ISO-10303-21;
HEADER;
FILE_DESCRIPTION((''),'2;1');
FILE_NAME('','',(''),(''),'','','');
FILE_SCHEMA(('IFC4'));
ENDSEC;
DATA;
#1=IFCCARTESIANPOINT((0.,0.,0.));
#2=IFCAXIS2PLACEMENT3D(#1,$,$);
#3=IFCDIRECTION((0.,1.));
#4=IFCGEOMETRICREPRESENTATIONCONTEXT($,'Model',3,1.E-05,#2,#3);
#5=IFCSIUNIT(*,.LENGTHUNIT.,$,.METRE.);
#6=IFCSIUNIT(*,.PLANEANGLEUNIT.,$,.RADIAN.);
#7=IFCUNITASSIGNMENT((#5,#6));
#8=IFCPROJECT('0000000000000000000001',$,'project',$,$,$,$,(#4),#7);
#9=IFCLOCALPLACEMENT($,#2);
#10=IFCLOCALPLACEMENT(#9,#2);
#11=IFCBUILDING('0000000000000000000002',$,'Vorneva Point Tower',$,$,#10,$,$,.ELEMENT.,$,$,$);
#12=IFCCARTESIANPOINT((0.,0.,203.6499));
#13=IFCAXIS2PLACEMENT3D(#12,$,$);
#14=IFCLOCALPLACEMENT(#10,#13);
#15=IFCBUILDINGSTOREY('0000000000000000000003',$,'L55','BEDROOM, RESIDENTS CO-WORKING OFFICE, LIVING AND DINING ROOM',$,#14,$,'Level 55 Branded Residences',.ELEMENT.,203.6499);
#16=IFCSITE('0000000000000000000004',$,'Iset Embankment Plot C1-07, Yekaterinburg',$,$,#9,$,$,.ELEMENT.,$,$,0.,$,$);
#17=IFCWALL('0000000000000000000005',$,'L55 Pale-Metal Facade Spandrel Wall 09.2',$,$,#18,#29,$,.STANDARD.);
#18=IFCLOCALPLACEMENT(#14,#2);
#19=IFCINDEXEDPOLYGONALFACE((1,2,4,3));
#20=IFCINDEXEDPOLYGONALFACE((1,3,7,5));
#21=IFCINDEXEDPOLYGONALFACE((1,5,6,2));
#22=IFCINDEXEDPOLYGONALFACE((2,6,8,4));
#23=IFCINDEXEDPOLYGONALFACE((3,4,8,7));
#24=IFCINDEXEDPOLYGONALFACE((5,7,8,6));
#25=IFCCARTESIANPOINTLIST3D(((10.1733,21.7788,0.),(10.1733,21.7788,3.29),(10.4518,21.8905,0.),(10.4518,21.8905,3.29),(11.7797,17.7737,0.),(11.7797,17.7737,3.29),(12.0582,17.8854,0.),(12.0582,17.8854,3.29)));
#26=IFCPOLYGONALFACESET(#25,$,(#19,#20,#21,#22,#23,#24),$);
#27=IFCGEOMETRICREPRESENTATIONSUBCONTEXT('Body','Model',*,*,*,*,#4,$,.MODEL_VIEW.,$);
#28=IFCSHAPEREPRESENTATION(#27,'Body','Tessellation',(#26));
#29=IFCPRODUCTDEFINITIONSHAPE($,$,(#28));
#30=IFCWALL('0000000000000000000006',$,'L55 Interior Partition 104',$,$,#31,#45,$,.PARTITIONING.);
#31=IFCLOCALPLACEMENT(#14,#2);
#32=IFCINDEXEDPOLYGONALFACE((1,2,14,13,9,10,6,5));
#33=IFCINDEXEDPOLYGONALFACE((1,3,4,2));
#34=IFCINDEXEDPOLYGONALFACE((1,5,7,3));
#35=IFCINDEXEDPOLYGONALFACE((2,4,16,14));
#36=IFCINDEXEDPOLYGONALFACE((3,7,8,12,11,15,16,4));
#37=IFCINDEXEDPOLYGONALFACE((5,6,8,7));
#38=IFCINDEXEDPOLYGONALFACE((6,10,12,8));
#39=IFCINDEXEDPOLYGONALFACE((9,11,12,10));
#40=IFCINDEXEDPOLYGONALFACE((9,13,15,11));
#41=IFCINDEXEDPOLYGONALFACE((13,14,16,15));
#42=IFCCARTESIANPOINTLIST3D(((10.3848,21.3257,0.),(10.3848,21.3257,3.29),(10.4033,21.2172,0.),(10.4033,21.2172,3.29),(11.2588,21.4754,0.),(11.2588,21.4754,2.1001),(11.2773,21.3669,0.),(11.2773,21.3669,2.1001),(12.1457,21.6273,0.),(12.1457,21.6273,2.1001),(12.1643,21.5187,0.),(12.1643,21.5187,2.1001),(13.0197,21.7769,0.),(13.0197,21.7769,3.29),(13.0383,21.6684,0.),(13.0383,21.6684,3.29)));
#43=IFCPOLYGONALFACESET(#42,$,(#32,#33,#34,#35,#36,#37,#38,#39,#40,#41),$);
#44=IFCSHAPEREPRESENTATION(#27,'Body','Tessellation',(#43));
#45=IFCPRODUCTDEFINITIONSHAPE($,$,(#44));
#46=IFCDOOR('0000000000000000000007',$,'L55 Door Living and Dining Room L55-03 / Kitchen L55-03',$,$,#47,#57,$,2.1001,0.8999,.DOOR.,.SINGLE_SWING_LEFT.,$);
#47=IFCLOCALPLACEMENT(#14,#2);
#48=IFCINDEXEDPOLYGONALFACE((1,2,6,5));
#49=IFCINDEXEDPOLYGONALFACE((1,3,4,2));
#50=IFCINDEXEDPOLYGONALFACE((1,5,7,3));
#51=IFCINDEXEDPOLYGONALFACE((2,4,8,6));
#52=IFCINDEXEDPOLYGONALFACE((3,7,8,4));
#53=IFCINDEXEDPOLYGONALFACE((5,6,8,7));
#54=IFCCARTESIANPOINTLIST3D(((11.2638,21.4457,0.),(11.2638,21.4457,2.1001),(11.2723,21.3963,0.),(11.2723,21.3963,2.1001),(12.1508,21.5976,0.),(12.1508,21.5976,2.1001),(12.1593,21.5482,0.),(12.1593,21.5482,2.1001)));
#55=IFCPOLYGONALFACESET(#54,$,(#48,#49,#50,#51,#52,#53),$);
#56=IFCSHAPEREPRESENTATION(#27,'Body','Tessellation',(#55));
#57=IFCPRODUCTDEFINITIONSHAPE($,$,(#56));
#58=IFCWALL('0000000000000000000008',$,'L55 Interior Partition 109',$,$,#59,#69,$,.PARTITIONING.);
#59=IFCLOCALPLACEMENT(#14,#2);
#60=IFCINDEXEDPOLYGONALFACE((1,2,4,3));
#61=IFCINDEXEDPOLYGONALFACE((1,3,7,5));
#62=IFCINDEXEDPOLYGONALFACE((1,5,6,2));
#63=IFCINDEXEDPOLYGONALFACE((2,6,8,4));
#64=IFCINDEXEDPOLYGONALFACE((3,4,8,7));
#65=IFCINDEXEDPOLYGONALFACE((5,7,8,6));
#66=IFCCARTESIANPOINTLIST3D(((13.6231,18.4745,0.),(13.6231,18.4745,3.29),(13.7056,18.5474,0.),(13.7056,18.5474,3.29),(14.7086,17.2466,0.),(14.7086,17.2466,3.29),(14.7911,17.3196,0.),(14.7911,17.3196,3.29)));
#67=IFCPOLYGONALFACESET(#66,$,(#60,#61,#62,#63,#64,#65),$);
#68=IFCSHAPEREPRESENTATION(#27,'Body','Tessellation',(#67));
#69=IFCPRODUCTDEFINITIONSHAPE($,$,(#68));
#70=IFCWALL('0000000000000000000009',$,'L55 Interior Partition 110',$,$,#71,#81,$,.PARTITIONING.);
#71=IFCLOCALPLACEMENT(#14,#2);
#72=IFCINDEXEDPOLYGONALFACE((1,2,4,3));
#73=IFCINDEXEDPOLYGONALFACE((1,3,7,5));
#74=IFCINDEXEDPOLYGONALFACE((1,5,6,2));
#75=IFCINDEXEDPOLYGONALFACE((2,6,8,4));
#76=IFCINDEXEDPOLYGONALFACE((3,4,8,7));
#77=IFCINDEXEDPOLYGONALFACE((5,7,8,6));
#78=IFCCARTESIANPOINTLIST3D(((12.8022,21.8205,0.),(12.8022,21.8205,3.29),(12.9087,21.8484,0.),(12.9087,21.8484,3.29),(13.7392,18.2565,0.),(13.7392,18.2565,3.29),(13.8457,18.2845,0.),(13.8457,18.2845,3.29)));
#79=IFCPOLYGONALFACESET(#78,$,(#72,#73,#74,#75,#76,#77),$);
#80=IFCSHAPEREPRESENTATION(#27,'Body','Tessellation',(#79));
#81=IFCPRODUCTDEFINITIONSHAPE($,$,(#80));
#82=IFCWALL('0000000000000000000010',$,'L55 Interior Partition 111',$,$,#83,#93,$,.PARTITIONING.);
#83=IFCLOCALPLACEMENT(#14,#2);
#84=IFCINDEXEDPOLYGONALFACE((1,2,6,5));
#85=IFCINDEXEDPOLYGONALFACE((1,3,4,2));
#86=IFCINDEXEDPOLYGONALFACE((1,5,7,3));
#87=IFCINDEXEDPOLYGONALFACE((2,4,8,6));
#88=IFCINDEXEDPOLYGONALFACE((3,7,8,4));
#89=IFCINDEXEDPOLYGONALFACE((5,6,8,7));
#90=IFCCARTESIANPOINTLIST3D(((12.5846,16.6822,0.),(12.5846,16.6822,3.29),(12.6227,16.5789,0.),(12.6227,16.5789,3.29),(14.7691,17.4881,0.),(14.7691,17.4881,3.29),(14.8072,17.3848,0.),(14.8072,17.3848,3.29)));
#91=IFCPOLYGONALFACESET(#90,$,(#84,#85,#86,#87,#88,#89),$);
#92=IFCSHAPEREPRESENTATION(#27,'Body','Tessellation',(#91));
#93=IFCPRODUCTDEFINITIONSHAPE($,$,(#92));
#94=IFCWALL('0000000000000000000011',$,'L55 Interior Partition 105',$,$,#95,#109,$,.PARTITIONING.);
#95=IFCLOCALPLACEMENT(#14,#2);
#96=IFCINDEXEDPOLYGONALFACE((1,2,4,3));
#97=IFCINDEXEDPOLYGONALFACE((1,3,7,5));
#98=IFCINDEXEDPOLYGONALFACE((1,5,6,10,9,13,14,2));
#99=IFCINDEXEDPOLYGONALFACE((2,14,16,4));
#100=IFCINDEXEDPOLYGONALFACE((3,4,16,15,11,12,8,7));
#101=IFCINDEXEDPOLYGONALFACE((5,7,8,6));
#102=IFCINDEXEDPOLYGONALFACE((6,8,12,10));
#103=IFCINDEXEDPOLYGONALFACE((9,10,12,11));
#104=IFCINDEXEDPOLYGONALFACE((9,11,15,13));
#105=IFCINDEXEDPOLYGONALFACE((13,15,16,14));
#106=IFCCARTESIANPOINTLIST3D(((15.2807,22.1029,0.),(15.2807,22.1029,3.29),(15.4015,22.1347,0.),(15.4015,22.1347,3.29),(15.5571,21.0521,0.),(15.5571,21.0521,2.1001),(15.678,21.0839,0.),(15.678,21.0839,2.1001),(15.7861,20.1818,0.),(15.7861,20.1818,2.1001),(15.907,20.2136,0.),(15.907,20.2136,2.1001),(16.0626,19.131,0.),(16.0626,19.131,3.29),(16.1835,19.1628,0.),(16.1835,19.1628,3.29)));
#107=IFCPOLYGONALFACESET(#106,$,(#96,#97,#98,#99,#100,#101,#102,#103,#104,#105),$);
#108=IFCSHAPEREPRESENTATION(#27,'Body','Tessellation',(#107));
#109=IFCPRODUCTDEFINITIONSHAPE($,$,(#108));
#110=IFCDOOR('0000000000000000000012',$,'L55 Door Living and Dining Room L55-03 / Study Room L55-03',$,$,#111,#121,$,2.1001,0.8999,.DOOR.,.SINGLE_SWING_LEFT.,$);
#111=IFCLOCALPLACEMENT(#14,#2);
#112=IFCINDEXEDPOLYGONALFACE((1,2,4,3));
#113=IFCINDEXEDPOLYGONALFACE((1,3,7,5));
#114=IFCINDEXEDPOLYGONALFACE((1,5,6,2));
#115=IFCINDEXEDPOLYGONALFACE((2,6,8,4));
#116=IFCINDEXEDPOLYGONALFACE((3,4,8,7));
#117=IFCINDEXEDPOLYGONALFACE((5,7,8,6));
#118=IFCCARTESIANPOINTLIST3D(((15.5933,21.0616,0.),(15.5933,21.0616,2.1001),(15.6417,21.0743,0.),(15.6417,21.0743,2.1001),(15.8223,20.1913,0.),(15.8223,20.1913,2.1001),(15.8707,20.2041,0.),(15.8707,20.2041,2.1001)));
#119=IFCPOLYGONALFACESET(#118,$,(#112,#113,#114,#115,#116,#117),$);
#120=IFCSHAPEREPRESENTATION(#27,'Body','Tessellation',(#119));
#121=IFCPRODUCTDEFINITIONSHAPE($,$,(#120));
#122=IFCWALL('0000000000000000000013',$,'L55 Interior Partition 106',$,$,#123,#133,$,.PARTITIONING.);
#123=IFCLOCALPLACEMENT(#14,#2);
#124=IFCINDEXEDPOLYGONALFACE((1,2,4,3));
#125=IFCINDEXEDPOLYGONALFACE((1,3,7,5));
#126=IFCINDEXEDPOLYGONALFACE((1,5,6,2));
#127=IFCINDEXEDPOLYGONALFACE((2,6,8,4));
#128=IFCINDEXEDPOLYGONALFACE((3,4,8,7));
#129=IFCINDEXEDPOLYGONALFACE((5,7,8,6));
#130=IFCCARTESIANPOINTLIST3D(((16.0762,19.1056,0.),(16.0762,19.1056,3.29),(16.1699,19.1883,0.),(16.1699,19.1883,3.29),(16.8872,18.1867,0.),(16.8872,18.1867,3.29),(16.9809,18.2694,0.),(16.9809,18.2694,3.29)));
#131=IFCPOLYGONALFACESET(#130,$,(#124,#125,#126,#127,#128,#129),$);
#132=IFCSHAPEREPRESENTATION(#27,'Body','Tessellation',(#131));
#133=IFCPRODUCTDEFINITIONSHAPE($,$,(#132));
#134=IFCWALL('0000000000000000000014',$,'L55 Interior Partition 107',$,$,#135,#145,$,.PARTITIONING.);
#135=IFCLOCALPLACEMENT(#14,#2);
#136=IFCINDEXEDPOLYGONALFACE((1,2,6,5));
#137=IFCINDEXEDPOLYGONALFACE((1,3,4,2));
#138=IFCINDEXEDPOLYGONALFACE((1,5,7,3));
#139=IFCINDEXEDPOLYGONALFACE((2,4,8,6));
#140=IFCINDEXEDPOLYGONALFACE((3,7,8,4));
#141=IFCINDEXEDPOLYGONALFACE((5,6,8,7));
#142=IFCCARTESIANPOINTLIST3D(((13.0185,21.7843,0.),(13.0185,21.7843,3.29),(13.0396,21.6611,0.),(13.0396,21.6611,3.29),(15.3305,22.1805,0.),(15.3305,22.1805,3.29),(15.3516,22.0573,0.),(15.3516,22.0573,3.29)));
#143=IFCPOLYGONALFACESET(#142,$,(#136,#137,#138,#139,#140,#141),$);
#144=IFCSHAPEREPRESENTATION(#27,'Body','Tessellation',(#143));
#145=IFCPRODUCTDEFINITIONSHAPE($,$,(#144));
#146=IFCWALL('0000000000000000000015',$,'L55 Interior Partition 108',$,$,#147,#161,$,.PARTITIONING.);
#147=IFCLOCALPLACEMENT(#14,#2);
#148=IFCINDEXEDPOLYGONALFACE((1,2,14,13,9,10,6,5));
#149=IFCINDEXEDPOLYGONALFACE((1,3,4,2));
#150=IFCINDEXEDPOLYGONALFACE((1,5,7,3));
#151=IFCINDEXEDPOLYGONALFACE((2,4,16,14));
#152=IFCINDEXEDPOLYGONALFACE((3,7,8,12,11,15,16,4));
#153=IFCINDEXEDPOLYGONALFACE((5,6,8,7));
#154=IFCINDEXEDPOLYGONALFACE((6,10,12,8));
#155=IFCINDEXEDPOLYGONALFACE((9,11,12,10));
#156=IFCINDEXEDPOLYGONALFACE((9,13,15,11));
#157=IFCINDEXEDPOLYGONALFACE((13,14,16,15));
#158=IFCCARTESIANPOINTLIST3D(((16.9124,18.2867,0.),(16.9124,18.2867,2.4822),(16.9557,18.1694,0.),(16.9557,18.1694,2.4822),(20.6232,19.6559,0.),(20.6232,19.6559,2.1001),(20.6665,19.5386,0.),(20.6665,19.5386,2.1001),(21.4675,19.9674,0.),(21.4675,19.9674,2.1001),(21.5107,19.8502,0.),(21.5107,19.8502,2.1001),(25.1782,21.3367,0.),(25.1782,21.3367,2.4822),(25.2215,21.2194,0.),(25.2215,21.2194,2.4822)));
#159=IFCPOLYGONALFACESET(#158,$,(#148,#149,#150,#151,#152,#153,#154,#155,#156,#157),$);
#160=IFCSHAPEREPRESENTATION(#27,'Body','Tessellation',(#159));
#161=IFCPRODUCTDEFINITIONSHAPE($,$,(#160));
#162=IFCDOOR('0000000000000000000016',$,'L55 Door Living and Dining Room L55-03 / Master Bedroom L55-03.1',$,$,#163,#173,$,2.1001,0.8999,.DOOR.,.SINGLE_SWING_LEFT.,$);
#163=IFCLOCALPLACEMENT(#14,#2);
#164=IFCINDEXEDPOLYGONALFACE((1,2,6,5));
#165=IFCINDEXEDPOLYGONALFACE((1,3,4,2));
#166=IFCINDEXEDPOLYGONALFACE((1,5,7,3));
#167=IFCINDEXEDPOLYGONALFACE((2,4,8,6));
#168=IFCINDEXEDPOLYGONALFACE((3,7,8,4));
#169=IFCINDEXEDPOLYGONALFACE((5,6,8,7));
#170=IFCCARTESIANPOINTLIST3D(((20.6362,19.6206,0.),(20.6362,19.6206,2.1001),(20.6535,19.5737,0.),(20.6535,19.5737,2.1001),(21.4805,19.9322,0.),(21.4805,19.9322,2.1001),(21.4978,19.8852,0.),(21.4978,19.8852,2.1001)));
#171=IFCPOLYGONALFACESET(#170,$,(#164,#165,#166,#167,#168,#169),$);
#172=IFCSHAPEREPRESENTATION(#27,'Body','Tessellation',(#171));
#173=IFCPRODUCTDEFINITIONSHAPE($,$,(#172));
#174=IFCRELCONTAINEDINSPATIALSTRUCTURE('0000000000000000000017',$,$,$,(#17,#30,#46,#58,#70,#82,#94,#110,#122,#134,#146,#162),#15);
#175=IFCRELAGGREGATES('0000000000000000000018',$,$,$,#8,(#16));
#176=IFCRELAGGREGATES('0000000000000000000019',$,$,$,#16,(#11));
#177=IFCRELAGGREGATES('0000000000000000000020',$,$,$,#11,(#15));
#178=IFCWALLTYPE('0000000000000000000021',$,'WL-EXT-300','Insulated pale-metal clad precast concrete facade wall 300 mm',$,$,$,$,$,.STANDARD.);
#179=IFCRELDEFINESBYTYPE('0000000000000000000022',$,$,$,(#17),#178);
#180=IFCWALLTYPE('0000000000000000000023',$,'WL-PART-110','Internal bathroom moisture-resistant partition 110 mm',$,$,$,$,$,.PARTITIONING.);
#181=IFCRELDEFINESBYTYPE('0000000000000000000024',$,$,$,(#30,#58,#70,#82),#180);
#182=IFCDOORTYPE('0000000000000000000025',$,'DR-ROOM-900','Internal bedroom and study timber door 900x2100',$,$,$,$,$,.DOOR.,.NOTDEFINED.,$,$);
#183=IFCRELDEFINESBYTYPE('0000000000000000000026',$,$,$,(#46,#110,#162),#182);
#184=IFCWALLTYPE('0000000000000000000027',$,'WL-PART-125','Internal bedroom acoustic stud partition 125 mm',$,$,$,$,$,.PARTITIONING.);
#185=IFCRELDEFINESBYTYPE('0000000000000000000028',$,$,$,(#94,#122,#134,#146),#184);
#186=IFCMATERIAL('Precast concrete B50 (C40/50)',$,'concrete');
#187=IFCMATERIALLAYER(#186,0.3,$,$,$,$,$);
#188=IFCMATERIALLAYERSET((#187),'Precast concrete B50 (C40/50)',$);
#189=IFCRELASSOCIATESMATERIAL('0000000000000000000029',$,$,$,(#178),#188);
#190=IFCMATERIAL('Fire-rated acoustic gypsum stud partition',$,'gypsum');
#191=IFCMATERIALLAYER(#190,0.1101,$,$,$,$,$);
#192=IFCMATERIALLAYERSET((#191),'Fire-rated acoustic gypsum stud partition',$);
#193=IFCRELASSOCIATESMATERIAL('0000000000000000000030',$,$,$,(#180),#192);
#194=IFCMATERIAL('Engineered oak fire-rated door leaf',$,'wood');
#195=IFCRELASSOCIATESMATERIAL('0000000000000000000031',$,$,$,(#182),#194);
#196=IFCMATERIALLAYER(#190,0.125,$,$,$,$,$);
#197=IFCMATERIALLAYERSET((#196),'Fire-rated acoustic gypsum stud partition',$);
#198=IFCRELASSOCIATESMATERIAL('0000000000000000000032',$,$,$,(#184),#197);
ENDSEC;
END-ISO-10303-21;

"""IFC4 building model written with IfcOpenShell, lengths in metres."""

from ifc_helpers import new_model, si_unit, direction, frame, frame_2d, origin, place, context, subcontext, project, spatial, rectangle, extrude, material, layer, layer_set, type_object, element, fill, save


model = new_model("IFC4")

# Units and contexts
model_context = context("Model", 3, precision=1e-05, world=origin(), true_north=direction((0.0, 1.0)))
body_context = subcontext(model_context, "Body", "Model", "MODEL_VIEW")
ifc_project = project(units=[si_unit("LENGTHUNIT", "METRE"), si_unit("PLANEANGLEUNIT", "RADIAN")], contexts=[model_context])

# Site, building, storey
site_placement = place(None, origin())
site = spatial("IfcSite", under=ifc_project, at=site_placement, Name="Iset Embankment Plot C1-07, Yekaterinburg", CompositionType="ELEMENT", RefElevation=0.0)
building_placement = place(site_placement, origin())
building = spatial("IfcBuilding", under=site, at=building_placement, Name="Vorneva Point Tower", CompositionType="ELEMENT")
storey_placement = place(building_placement, frame((0.0, 0.0, 203.6499)))
storey = spatial("IfcBuildingStorey", under=building, at=storey_placement, Name="L55", Description="BEDROOM, RESIDENTS CO-WORKING OFFICE, LIVING AND DINING ROOM", LongName="Level 55 Branded Residences", CompositionType="ELEMENT", Elevation=203.6499)

# Wall
ifc_material_1 = material(Name="Precast concrete B50 (C40/50)", Category="concrete")
ifc_layer_1 = layer(ifc_material_1, 0.3)
ifc_layer_set_1 = layer_set([ifc_layer_1], Name="Precast concrete B50 (C40/50)")
wall_type_1 = type_object("IfcWallType", Name="WL-EXT-300", Description="Insulated pale-metal clad precast concrete facade wall 300 mm", PredefinedType="STANDARD", material=ifc_layer_set_1)
wall_1_placement = place(storey_placement, frame((10.3125, 21.8347, 0.0), z_axis=(0.0, 0.0, 1.0), x_axis=(0.372268, -0.928125, 0.0)))
element("IfcWall", 1, at=wall_1_placement, inside=storey, type_object=wall_type_1, Name="L55 Pale-Metal Facade Spandrel Wall 09.2", PredefinedType="STANDARD", context=body_context, shape_type="SweptSolid", body=[
    extrude(rectangle(XDim=4.3152, YDim=0.3, at=frame_2d((2.1577, 0.0))), origin(), (0.0, 0.0, 1.0), 3.29),
])

# Wall, opening, door
ifc_material_2 = material(Name="Fire-rated acoustic gypsum stud partition", Category="gypsum")
ifc_layer_2 = layer(ifc_material_2, 0.1101)
ifc_layer_set_2 = layer_set([ifc_layer_2], Name="Fire-rated acoustic gypsum stud partition")
wall_type_2 = type_object("IfcWallType", Name="WL-PART-110", Description="Internal bathroom moisture-resistant partition 110 mm", PredefinedType="PARTITIONING", material=ifc_layer_set_2)
wall_2_placement = place(storey_placement, frame((10.394, 21.2715, 0.0), z_axis=(0.0, 0.0, 1.0), x_axis=(0.985656, 0.168766, 0.0)))
wall_2 = element("IfcWall", 2, at=wall_2_placement, inside=storey, type_object=wall_type_2, Name="L55 Interior Partition 104", PredefinedType="PARTITIONING", context=body_context, shape_type="SweptSolid", body=[
    extrude(rectangle(XDim=2.6733, YDim=0.1101, at=frame_2d((1.3367, 0.0))), origin(), (0.0, 0.0, 1.0), 3.29),
])
opening_1_placement = place(wall_2_placement, frame((0.8867, 0.0, 0.0)))
opening_1 = element("IfcOpeningElement", 3, at=opening_1_placement, cuts=wall_2, PredefinedType="OPENING", context=body_context, shape_type="SweptSolid", body=[
    extrude(rectangle(XDim=0.8999, YDim=2.1001, at=frame_2d((0.45, 1.05))), frame((0.0, 0.0698, 0.0), z_axis=(0.0, -1.0, 0.0), x_axis=(1.0, 0.0, 0.0)), (0.0, 0.0, 1.0), 0.1399),
])
ifc_material_3 = material(Name="Engineered oak fire-rated door leaf", Category="wood")
door_type = type_object("IfcDoorType", Name="DR-ROOM-900", Description="Internal bedroom and study timber door 900x2100", OperationType="NOTDEFINED", PredefinedType="DOOR", material=ifc_material_3)
door_1_placement = place(opening_1_placement, origin())
door_1 = element("IfcDoor", 4, at=door_1_placement, inside=storey, type_object=door_type, Name="L55 Door Living and Dining Room L55-03 / Kitchen L55-03", OperationType="SINGLE_SWING_LEFT", OverallHeight=2.1001, OverallWidth=0.8999, PredefinedType="DOOR", context=body_context, shape_type="SweptSolid", body=[
    extrude(rectangle(XDim=0.8999, YDim=2.1001, at=frame_2d((0.45, 1.05))), frame((0.0, 0.0249, 0.0), z_axis=(0.0, -1.0, 0.0), x_axis=(1.0, 0.0, 0.0)), (0.0, 0.0, 1.0), 0.05),
])
fill(opening_1, door_1)

# Walls
wall_3_placement = place(storey_placement, frame((14.7498, 17.2832, 0.0), z_axis=(0.0, 0.0, 1.0), x_axis=(-0.662346, 0.749198, 0.0)))
element("IfcWall", 5, at=wall_3_placement, inside=storey, type_object=wall_type_2, Name="L55 Interior Partition 109", PredefinedType="PARTITIONING", context=body_context, shape_type="SweptSolid", body=[
    extrude(rectangle(XDim=1.6389, YDim=0.1101, at=frame_2d((0.8193, 0.0))), origin(), (0.0, 0.0, 1.0), 3.29),
])
wall_4_placement = place(storey_placement, frame((13.7925, 18.2705, 0.0), z_axis=(0.0, 0.0, 1.0), x_axis=(-0.254272, 0.967133, 0.0)))
element("IfcWall", 6, at=wall_4_placement, inside=storey, type_object=wall_type_2, Name="L55 Interior Partition 110", PredefinedType="PARTITIONING", context=body_context, shape_type="SweptSolid", body=[
    extrude(rectangle(XDim=3.6851, YDim=0.1101, at=frame_2d((1.8425, 0.0))), origin(), (0.0, 0.0, 1.0), 3.29),
])
wall_5_placement = place(storey_placement, frame((12.6038, 16.6306, 0.0), z_axis=(0.0, 0.0, 1.0), x_axis=(0.938194, 0.346109, 0.0)))
element("IfcWall", 7, at=wall_5_placement, inside=storey, type_object=wall_type_2, Name="L55 Interior Partition 111", PredefinedType="PARTITIONING", context=body_context, shape_type="SweptSolid", body=[
    extrude(rectangle(XDim=2.3284, YDim=0.1101, at=frame_2d((1.1641, 0.0))), origin(), (0.0, 0.0, 1.0), 3.29),
])

# Wall, opening, door
ifc_layer_3 = layer(ifc_material_2, 0.125)
ifc_layer_set_3 = layer_set([ifc_layer_3], Name="Fire-rated acoustic gypsum stud partition")
wall_type_3 = type_object("IfcWallType", Name="WL-PART-125", Description="Internal bedroom acoustic stud partition 125 mm", PredefinedType="PARTITIONING", material=ifc_layer_set_3)
wall_6_placement = place(storey_placement, frame((15.3411, 22.1189, 0.0), z_axis=(0.0, 0.0, 1.0), x_axis=(0.254462, -0.967083, 0.0)))
wall_6 = element("IfcWall", 8, at=wall_6_placement, inside=storey, type_object=wall_type_3, Name="L55 Interior Partition 105", PredefinedType="PARTITIONING", context=body_context, shape_type="SweptSolid", body=[
    extrude(rectangle(XDim=3.073, YDim=0.125, at=frame_2d((1.5366, 0.0))), origin(), (0.0, 0.0, 1.0), 3.29),
])
opening_2_placement = place(wall_6_placement, frame((1.0867, 0.0, 0.0)))
opening_2 = element("IfcOpeningElement", 9, at=opening_2_placement, cuts=wall_6, PredefinedType="OPENING", context=body_context, shape_type="SweptSolid", body=[
    extrude(rectangle(XDim=0.8999, YDim=2.1001, at=frame_2d((0.45, 1.05))), frame((0.0, 0.0774, 0.0), z_axis=(0.0, -1.0, 0.0), x_axis=(1.0, 0.0, 0.0)), (0.0, 0.0, 1.0), 0.1548),
])
door_2_placement = place(opening_2_placement, origin())
door_2 = element("IfcDoor", 10, at=door_2_placement, inside=storey, type_object=door_type, Name="L55 Door Living and Dining Room L55-03 / Study Room L55-03", OperationType="SINGLE_SWING_LEFT", OverallHeight=2.1001, OverallWidth=0.8999, PredefinedType="DOOR", context=body_context, shape_type="SweptSolid", body=[
    extrude(rectangle(XDim=0.8999, YDim=2.1001, at=frame_2d((0.45, 1.05))), frame((0.0, 0.0249, 0.0), z_axis=(0.0, -1.0, 0.0), x_axis=(1.0, 0.0, 0.0)), (0.0, 0.0, 1.0), 0.05),
])
fill(opening_2, door_2)

# Walls
wall_7_placement = place(storey_placement, frame((16.123, 19.147, 0.0), z_axis=(0.0, 0.0, 1.0), x_axis=(0.661714, -0.749756, 0.0)))
element("IfcWall", 11, at=wall_7_placement, inside=storey, type_object=wall_type_3, Name="L55 Interior Partition 106", PredefinedType="PARTITIONING", context=body_context, shape_type="SweptSolid", body=[
    extrude(rectangle(XDim=1.2256, YDim=0.125, at=frame_2d((0.6128, 0.0))), origin(), (0.0, 0.0, 1.0), 3.29),
])
wall_8_placement = place(storey_placement, frame((13.0291, 21.7227, 0.0), z_axis=(0.0, 0.0, 1.0), x_axis=(0.98563, 0.16892, 0.0)))
element("IfcWall", 12, at=wall_8_placement, inside=storey, type_object=wall_type_3, Name="L55 Interior Partition 107", PredefinedType="PARTITIONING", context=body_context, shape_type="SweptSolid", body=[
    extrude(rectangle(XDim=2.3457, YDim=0.125, at=frame_2d((1.1729, 0.0))), origin(), (0.0, 0.0, 1.0), 3.29),
])

# Wall, opening, door
wall_9_placement = place(storey_placement, frame((16.9341, 18.228, 0.0), z_axis=(0.0, 0.0, 1.0), x_axis=(0.938169, 0.346178, 0.0)))
wall_9 = element("IfcWall", 13, at=wall_9_placement, inside=storey, type_object=wall_type_3, Name="L55 Interior Partition 108", PredefinedType="PARTITIONING", context=body_context, shape_type="SweptSolid", body=[
    extrude(rectangle(XDim=8.8105, YDim=0.125, at=frame_2d((4.4053, 0.0))), origin(), (0.0, 0.0, 1.0), 2.4822),
])
opening_3_placement = place(wall_9_placement, frame((3.9553, 0.0, 0.0)))
opening_3 = element("IfcOpeningElement", 14, at=opening_3_placement, cuts=wall_9, PredefinedType="OPENING", context=body_context, shape_type="SweptSolid", body=[
    extrude(rectangle(XDim=0.8999, YDim=2.1001, at=frame_2d((0.45, 1.05))), frame((0.0, 0.0774, 0.0), z_axis=(0.0, -1.0, 0.0), x_axis=(1.0, 0.0, 0.0)), (0.0, 0.0, 1.0), 0.1548),
])
door_3_placement = place(opening_3_placement, origin())
door_3 = element("IfcDoor", 15, at=door_3_placement, inside=storey, type_object=door_type, Name="L55 Door Living and Dining Room L55-03 / Master Bedroom L55-03.1", OperationType="SINGLE_SWING_LEFT", OverallHeight=2.1001, OverallWidth=0.8999, PredefinedType="DOOR", context=body_context, shape_type="SweptSolid", body=[
    extrude(rectangle(XDim=0.8999, YDim=2.1001, at=frame_2d((0.45, 1.05))), frame((0.0, 0.0249, 0.0), z_axis=(0.0, -1.0, 0.0), x_axis=(1.0, 0.0, 0.0)), (0.0, 0.0, 1.0), 0.05),
])
fill(opening_3, door_3)

save(model, "model.ifc")
